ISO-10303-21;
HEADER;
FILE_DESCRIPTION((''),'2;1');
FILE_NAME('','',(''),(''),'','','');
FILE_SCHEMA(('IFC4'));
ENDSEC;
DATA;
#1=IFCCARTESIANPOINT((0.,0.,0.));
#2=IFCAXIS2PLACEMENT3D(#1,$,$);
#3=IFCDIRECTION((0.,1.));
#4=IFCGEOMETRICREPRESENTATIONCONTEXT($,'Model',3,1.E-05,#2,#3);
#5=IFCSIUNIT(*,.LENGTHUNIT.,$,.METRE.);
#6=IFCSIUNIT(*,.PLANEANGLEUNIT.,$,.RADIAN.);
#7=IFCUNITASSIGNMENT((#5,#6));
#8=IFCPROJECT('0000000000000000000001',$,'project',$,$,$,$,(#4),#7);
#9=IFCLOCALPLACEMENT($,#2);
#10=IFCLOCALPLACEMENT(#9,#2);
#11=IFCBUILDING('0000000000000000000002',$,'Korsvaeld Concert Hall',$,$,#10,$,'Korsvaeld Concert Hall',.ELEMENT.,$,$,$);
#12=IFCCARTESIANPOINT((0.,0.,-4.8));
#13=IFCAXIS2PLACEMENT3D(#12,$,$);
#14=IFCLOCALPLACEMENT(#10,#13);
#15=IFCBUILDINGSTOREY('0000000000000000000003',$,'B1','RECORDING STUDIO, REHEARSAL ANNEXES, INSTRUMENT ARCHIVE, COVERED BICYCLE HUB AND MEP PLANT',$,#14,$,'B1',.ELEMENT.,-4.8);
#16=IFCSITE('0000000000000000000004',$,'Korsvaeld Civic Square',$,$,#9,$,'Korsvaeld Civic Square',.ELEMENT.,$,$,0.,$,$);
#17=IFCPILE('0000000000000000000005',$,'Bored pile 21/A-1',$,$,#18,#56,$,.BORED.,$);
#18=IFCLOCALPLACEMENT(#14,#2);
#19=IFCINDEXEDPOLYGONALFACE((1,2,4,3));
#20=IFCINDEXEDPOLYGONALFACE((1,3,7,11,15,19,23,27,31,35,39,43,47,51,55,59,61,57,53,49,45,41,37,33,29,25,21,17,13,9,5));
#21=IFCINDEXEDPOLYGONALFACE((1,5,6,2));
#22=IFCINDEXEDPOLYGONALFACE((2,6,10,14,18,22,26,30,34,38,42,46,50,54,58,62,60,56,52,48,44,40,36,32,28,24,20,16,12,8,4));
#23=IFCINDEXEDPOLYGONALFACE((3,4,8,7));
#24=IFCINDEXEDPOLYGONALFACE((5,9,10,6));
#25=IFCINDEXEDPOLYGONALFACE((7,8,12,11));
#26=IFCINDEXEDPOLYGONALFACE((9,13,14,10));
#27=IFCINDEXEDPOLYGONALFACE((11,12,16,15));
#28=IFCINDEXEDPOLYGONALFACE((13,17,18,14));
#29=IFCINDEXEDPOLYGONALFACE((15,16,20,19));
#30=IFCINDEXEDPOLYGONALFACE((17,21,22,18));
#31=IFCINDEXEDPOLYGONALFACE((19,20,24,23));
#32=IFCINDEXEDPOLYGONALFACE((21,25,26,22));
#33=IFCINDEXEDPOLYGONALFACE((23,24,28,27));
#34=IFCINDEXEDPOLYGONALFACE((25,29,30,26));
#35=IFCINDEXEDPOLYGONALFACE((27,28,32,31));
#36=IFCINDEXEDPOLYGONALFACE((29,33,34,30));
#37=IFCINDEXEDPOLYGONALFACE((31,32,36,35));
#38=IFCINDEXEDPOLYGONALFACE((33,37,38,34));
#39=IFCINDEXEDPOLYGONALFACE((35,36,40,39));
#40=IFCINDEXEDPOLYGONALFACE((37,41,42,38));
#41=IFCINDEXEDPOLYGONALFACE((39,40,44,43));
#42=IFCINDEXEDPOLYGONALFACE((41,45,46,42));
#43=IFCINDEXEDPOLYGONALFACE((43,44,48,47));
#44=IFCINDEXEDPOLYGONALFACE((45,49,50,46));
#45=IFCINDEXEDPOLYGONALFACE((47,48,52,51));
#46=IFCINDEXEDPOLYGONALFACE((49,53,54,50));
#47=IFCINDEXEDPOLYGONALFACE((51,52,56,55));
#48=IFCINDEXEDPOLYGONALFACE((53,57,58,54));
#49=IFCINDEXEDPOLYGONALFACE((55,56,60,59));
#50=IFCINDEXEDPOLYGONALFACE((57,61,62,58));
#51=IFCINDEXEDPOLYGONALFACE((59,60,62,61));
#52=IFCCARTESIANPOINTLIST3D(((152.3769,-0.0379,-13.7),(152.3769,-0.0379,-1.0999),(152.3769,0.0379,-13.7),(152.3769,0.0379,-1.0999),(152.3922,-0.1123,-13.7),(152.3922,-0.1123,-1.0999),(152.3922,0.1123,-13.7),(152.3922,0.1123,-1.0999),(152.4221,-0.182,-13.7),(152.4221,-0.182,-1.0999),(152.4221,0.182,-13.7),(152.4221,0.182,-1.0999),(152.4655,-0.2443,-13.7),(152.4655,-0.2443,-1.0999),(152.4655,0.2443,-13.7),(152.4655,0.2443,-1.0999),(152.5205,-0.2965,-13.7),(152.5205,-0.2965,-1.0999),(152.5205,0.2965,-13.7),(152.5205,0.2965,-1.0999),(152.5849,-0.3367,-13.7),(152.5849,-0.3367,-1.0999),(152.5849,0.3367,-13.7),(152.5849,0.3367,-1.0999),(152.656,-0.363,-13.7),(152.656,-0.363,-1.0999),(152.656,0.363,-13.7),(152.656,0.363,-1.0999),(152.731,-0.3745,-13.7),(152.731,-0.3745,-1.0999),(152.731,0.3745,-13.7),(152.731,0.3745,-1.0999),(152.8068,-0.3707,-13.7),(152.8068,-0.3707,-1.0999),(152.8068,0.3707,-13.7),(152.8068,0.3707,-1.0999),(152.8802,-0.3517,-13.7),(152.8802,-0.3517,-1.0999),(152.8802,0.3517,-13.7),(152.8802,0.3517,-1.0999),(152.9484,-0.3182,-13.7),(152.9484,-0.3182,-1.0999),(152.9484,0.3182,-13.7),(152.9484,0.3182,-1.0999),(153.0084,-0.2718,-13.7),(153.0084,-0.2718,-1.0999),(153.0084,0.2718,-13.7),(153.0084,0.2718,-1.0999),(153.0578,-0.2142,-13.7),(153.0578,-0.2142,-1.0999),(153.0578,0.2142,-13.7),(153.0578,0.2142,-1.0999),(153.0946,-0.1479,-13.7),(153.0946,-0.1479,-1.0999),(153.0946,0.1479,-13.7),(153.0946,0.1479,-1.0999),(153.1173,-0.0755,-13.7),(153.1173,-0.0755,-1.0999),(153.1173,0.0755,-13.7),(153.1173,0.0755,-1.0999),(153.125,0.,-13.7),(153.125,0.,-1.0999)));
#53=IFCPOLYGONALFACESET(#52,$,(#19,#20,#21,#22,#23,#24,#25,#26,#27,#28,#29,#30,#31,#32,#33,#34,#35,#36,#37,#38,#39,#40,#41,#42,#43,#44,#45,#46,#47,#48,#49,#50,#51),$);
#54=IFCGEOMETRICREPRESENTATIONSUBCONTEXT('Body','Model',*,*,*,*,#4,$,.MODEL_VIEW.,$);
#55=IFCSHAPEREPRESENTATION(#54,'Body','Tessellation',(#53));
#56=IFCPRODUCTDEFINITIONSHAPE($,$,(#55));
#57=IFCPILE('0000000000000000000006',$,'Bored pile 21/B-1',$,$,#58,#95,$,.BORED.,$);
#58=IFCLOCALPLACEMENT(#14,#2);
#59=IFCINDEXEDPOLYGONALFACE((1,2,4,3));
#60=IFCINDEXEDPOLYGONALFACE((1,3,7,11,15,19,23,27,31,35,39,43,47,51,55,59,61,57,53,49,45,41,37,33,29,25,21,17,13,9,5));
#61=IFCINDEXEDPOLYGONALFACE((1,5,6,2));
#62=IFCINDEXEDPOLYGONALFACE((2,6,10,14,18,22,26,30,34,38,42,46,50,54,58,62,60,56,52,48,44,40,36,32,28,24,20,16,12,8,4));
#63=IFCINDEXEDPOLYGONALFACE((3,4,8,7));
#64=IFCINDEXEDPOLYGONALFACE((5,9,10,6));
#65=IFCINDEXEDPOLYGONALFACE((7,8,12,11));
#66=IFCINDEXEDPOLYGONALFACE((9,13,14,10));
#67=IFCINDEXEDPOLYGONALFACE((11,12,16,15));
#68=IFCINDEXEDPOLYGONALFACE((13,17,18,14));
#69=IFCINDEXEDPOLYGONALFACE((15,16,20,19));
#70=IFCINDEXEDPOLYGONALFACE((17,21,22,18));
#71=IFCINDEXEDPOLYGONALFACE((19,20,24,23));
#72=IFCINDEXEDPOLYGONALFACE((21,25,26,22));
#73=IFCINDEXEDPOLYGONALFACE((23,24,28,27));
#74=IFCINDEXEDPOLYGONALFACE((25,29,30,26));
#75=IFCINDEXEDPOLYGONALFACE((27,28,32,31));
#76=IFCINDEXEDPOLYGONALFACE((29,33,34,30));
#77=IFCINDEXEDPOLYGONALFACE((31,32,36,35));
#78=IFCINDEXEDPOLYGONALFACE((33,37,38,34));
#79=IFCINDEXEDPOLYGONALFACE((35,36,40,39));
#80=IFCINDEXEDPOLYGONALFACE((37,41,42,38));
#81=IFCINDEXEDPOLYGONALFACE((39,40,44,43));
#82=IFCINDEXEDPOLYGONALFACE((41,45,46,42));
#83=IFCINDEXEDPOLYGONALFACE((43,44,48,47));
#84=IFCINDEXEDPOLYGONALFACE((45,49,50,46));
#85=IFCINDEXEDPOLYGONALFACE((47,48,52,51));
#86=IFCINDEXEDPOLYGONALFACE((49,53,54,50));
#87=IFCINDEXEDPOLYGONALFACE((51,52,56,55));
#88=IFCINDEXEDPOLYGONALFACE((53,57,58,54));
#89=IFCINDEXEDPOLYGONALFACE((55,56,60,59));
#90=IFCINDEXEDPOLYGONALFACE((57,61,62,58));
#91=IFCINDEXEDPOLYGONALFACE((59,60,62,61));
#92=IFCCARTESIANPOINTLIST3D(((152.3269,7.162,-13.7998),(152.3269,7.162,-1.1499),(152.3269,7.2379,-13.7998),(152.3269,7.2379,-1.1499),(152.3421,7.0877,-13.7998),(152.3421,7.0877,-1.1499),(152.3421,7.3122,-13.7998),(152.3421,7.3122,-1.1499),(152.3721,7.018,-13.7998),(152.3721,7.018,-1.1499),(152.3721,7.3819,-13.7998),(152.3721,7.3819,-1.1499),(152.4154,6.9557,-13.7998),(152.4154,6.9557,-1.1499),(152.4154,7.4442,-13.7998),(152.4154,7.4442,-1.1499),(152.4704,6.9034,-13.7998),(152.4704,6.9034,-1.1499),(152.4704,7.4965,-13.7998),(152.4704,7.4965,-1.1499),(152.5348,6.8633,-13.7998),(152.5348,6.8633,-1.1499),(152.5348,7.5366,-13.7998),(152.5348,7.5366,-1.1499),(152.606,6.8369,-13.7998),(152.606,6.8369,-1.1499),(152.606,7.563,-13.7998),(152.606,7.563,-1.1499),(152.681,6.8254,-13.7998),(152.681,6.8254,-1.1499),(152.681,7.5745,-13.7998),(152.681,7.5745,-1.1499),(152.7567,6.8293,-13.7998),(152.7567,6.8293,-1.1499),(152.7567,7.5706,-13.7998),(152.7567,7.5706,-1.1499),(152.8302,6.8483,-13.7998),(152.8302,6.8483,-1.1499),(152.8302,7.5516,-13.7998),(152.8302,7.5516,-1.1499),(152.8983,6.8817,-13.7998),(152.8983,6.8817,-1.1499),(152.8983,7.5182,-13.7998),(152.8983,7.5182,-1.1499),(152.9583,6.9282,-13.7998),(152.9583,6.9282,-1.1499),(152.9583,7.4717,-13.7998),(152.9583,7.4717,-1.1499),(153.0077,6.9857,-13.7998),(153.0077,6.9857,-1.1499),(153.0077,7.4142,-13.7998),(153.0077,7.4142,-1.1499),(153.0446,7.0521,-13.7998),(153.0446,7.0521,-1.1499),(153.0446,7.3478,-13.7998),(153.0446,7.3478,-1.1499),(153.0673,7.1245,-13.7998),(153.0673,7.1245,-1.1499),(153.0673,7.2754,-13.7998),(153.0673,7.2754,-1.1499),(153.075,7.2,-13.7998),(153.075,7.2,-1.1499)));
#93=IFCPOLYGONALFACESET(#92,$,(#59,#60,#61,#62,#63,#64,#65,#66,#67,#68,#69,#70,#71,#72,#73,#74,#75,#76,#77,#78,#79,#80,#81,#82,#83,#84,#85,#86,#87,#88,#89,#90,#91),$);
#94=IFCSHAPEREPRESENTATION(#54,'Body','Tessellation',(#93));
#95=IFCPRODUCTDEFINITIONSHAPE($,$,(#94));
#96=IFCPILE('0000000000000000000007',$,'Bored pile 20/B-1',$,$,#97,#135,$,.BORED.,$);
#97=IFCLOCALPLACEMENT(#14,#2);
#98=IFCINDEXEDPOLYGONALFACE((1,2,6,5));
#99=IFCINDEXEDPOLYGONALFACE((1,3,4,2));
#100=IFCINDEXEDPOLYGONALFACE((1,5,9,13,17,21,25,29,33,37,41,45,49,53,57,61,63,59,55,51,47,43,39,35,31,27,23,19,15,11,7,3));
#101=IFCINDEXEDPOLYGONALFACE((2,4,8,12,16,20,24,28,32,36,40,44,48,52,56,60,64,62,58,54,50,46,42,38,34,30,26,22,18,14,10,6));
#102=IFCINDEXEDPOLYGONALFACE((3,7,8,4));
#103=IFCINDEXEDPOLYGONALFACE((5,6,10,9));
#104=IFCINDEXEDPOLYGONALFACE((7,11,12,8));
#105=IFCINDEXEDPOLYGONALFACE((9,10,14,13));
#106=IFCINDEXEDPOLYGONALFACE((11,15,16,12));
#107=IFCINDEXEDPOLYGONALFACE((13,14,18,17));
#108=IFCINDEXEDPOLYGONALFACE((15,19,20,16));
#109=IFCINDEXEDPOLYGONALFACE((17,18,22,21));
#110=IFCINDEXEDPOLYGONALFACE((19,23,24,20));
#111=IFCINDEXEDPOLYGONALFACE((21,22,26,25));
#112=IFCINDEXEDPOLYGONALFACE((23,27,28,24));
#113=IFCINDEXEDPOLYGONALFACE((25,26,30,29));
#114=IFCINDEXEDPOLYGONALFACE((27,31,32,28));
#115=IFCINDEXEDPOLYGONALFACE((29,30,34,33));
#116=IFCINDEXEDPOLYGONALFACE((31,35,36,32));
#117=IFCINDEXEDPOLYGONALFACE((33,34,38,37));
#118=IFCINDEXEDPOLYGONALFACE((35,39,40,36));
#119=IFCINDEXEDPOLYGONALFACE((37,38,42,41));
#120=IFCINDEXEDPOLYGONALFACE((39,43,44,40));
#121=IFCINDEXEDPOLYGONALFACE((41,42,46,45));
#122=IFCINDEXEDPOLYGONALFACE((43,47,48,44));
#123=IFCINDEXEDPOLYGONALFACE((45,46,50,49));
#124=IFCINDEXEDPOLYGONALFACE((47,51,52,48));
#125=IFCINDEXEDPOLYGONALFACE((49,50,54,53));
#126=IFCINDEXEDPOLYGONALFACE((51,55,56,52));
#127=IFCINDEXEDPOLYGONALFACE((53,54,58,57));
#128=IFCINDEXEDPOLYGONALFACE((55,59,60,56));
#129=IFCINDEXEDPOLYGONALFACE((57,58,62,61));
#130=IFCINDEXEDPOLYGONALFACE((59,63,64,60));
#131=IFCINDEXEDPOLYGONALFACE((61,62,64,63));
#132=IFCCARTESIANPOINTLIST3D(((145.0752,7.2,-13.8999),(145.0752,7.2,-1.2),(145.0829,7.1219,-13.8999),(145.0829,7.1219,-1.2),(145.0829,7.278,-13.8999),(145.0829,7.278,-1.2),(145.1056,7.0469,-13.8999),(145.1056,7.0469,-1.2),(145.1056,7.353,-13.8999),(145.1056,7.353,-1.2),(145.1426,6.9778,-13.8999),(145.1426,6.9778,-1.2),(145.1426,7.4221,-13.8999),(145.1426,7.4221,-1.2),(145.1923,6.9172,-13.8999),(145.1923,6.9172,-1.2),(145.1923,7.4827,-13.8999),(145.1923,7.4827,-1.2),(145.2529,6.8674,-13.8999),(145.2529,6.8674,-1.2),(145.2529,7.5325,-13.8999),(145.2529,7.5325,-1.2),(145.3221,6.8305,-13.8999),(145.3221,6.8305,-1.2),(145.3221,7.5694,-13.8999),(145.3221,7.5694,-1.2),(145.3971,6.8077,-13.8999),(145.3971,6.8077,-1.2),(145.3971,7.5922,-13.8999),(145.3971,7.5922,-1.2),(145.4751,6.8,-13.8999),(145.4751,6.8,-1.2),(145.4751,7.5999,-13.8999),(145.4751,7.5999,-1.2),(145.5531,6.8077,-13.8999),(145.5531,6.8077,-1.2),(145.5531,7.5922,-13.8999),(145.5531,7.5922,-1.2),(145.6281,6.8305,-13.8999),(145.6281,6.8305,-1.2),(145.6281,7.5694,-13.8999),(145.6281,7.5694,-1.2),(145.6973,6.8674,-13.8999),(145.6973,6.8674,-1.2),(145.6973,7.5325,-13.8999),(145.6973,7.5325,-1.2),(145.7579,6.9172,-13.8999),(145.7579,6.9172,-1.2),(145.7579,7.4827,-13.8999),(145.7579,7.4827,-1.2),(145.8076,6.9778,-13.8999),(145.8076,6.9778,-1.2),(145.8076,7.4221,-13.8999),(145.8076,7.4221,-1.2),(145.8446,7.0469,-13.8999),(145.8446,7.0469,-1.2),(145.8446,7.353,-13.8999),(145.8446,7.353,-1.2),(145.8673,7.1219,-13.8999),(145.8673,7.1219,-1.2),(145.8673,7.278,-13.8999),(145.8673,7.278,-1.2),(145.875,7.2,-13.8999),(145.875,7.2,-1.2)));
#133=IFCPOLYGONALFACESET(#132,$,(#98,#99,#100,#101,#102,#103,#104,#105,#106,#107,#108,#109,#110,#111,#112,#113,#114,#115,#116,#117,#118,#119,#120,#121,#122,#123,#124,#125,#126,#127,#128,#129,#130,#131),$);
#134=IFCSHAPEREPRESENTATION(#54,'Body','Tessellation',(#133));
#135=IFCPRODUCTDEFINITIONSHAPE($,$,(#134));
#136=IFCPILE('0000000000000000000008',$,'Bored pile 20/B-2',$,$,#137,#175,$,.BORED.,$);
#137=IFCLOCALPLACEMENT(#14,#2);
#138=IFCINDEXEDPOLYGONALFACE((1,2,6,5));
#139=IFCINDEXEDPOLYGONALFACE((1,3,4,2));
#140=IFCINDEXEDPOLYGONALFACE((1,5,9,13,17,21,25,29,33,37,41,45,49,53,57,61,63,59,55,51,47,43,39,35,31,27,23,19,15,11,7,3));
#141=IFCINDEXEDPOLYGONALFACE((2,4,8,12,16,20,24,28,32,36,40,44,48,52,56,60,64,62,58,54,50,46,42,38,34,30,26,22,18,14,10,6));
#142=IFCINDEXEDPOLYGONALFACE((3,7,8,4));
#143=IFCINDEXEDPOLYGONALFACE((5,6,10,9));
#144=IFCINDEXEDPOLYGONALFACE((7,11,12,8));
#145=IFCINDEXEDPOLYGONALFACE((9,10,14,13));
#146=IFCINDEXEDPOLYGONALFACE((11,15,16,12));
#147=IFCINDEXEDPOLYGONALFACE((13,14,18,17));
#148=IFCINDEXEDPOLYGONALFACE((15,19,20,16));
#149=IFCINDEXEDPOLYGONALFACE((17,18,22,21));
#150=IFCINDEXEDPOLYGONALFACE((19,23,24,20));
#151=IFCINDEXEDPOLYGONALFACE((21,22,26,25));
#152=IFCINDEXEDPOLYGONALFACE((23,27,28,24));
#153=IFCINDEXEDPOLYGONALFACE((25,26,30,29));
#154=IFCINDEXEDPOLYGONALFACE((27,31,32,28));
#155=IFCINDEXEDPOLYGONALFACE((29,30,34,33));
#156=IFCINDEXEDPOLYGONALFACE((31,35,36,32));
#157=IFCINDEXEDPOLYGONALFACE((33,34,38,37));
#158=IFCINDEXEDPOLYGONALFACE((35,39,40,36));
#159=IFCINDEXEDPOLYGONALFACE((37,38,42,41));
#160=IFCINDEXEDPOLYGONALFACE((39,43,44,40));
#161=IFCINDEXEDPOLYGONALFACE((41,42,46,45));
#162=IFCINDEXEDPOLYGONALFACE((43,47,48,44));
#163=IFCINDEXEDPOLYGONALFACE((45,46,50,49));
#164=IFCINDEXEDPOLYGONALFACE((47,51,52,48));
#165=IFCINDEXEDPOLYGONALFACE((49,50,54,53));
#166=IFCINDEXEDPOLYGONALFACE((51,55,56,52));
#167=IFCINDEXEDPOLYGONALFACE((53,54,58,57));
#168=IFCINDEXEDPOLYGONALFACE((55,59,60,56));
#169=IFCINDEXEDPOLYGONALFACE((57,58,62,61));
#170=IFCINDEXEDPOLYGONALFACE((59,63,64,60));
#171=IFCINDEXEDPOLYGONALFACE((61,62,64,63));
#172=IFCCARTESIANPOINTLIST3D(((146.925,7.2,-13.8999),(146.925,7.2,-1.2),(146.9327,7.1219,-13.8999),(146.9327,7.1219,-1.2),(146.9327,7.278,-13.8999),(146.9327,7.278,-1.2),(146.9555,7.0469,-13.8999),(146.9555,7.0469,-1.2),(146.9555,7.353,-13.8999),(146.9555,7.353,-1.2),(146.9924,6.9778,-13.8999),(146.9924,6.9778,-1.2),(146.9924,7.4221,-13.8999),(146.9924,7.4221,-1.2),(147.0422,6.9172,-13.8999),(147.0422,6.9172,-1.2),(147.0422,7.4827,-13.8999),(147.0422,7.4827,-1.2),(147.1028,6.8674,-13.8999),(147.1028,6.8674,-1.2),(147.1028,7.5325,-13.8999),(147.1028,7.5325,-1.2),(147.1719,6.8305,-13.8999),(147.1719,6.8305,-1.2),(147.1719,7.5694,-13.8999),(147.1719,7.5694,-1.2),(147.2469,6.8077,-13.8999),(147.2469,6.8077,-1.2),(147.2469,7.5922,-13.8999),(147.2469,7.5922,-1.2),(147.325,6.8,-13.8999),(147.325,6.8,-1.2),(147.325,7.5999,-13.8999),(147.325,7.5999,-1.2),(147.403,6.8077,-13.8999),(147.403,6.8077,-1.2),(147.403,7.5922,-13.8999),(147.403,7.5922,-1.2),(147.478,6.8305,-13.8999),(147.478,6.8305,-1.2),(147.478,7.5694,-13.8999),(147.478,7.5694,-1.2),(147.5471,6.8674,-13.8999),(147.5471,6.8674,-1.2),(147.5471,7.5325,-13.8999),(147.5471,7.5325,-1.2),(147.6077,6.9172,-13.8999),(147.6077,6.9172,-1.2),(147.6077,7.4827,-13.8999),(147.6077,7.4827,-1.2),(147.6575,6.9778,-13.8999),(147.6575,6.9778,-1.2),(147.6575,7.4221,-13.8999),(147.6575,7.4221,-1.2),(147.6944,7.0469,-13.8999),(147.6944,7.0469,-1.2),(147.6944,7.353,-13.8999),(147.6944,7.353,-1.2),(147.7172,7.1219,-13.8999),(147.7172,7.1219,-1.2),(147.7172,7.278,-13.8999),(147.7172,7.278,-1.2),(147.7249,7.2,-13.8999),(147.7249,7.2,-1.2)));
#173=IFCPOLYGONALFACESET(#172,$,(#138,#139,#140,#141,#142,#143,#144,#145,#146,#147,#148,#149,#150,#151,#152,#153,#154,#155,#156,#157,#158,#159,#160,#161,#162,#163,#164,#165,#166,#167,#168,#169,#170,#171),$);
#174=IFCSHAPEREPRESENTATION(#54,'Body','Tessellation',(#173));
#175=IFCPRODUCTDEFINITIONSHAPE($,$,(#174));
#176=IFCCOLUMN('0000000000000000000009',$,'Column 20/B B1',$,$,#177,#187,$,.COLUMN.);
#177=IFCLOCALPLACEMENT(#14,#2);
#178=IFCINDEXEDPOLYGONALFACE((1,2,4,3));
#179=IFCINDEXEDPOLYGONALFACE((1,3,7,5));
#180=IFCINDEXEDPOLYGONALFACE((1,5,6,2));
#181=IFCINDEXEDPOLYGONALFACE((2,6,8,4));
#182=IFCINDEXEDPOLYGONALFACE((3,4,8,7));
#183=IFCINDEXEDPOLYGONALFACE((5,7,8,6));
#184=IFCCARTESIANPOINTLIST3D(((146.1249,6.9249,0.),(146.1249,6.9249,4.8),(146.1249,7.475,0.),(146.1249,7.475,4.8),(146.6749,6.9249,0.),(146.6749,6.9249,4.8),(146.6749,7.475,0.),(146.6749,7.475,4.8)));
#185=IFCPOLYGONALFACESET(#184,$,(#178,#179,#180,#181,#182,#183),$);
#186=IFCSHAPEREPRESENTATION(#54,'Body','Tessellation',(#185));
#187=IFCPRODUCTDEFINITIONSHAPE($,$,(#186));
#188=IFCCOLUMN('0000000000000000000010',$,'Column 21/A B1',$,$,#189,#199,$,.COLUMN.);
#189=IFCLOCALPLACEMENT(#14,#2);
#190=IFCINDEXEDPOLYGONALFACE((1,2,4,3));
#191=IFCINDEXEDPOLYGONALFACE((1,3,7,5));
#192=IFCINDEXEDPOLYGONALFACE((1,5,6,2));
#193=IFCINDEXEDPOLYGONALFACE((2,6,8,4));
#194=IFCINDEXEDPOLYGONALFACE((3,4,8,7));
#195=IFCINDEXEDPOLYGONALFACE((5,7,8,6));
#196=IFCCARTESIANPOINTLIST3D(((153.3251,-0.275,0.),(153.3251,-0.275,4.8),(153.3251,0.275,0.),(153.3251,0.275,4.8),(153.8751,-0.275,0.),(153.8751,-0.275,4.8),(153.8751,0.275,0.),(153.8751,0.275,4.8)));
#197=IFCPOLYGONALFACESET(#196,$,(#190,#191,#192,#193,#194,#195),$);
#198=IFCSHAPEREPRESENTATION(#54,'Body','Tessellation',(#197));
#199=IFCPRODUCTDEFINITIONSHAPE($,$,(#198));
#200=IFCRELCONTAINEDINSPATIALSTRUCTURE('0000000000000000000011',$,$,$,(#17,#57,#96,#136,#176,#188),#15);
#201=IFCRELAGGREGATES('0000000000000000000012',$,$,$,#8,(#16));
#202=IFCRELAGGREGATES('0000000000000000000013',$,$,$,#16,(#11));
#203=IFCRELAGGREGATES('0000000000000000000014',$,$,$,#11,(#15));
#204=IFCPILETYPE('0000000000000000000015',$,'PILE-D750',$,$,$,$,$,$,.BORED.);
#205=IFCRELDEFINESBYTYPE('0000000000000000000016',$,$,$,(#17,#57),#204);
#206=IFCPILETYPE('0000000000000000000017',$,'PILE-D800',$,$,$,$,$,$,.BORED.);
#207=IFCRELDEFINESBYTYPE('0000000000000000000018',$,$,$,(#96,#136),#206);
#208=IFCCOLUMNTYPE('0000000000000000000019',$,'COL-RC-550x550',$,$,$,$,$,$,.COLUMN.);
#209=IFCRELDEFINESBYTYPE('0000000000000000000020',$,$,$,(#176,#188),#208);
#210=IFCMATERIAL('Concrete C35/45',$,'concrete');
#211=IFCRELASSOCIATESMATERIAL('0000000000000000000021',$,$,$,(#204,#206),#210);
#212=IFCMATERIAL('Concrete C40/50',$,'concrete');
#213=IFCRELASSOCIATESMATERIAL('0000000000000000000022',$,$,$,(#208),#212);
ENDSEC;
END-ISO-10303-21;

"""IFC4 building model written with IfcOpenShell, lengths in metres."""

from ifc_helpers import new_model, si_unit, direction, frame, origin, origin_2d, place, context, subcontext, project, spatial, rectangle, circle, extrude, material, material_profile, profile_set, type_object, element, save


model = new_model("IFC4")

# Units and contexts
model_context = context("Model", 3, precision=1e-05, world=origin(), true_north=direction((0.0, 1.0)))
body_context = subcontext(model_context, "Body", "Model", "MODEL_VIEW")
ifc_project = project(units=[si_unit("LENGTHUNIT", "METRE"), si_unit("PLANEANGLEUNIT", "RADIAN")], contexts=[model_context])

# Site, building, storey
site_placement = place(None, origin())
site = spatial("IfcSite", under=ifc_project, at=site_placement, Name="Korsvaeld Civic Square", LongName="Korsvaeld Civic Square", CompositionType="ELEMENT", RefElevation=0.0)
building_placement = place(site_placement, origin())
building = spatial("IfcBuilding", under=site, at=building_placement, Name="Korsvaeld Concert Hall", LongName="Korsvaeld Concert Hall", CompositionType="ELEMENT")
storey_placement = place(building_placement, frame((0.0, 0.0, -4.8)))
storey = spatial("IfcBuildingStorey", under=building, at=storey_placement, Name="B1", Description="RECORDING STUDIO, REHEARSAL ANNEXES, INSTRUMENT ARCHIVE, COVERED BICYCLE HUB AND MEP PLANT", LongName="B1", CompositionType="ELEMENT", Elevation=-4.8)

# Shared definitions
ifc_material_1 = material(Name="Concrete C35/45", Category="concrete")

# Piles
ifc_material_profile_1 = material_profile(ifc_material_1, circle(Radius=0.375, at=origin_2d()), Name="BORED PILE D750")
ifc_profile_set_1 = profile_set([ifc_material_profile_1], Name="Concrete C35/45")
pile_type_1 = type_object("IfcPileType", Name="PILE-D750", PredefinedType="BORED", material=ifc_profile_set_1)
pile_1_placement = place(storey_placement, frame((152.75, 0.0, -1.0999), z_axis=(0.0, 0.0, -1.0), x_axis=(1.0, 0.0, 0.0)))
element("IfcPile", 1, at=pile_1_placement, inside=storey, type_object=pile_type_1, Name="Bored pile 21/A-1", PredefinedType="BORED", context=body_context, shape_type="SweptSolid", body=[
    extrude(circle(Radius=0.375, at=origin_2d()), origin(), (0.0, 0.0, 1.0), 12.6001),
])
pile_2_placement = place(storey_placement, frame((152.7, 7.2, -1.1499), z_axis=(0.0, 0.0, -1.0), x_axis=(1.0, 0.0, 0.0)))
element("IfcPile", 2, at=pile_2_placement, inside=storey, type_object=pile_type_1, Name="Bored pile 21/B-1", PredefinedType="BORED", context=body_context, shape_type="SweptSolid", body=[
    extrude(circle(Radius=0.375, at=origin_2d()), origin(), (0.0, 0.0, 1.0), 12.6499),
])
ifc_material_profile_2 = material_profile(ifc_material_1, circle(Radius=0.3999, at=origin_2d()), Name="BORED PILE D800")
ifc_profile_set_2 = profile_set([ifc_material_profile_2], Name="Concrete C35/45")
pile_type_2 = type_object("IfcPileType", Name="PILE-D800", PredefinedType="BORED", material=ifc_profile_set_2)
for number, where, z_axis, x_axis, name in (
    (3, (145.4751, 7.2, -1.2), (0.0, 0.0, -1.0), (1.0, 0.0, 0.0), "Bored pile 20/B-1"),
    (4, (147.325, 7.2, -1.2), (0.0, 0.0, -1.0), (1.0, 0.0, 0.0), "Bored pile 20/B-2"),
):
    element("IfcPile", number, at=place(storey_placement, frame(where, z_axis=z_axis, x_axis=x_axis)), inside=storey, type_object=pile_type_2, Name=name, PredefinedType="BORED", context=body_context, shape_type="SweptSolid", body=[
        extrude(circle(Radius=0.3999, at=origin_2d()), origin(), (0.0, 0.0, 1.0), 12.7),
    ])

# Columns
ifc_material_2 = material(Name="Concrete C40/50", Category="concrete")
ifc_material_profile_3 = material_profile(ifc_material_2, rectangle(XDim=0.55, YDim=0.55, at=origin_2d()), Name="RC 550x550")
ifc_profile_set_3 = profile_set([ifc_material_profile_3], Name="Concrete C40/50")
column_type_1 = type_object("IfcColumnType", Name="COL-RC-550x550", PredefinedType="COLUMN", material=ifc_profile_set_3)
for number, where, z_axis, x_axis, name in (
    (5, (146.3999, 7.2, 0.0), (0.0, 0.0, 1.0), (1.0, 0.0, 0.0), "Column 20/B B1"),
    (6, (153.6001, 0.0, 0.0), (0.0, 0.0, 1.0), (1.0, 0.0, 0.0), "Column 21/A B1"),
):
    element("IfcColumn", number, at=place(storey_placement, frame(where, z_axis=z_axis, x_axis=x_axis)), inside=storey, type_object=column_type_1, Name=name, PredefinedType="COLUMN", context=body_context, shape_type="SweptSolid", body=[
        extrude(rectangle(XDim=0.55, YDim=0.55, at=origin_2d()), origin(), (0.0, 0.0, 1.0), 4.8),
    ])

save(model, "model.ifc")
